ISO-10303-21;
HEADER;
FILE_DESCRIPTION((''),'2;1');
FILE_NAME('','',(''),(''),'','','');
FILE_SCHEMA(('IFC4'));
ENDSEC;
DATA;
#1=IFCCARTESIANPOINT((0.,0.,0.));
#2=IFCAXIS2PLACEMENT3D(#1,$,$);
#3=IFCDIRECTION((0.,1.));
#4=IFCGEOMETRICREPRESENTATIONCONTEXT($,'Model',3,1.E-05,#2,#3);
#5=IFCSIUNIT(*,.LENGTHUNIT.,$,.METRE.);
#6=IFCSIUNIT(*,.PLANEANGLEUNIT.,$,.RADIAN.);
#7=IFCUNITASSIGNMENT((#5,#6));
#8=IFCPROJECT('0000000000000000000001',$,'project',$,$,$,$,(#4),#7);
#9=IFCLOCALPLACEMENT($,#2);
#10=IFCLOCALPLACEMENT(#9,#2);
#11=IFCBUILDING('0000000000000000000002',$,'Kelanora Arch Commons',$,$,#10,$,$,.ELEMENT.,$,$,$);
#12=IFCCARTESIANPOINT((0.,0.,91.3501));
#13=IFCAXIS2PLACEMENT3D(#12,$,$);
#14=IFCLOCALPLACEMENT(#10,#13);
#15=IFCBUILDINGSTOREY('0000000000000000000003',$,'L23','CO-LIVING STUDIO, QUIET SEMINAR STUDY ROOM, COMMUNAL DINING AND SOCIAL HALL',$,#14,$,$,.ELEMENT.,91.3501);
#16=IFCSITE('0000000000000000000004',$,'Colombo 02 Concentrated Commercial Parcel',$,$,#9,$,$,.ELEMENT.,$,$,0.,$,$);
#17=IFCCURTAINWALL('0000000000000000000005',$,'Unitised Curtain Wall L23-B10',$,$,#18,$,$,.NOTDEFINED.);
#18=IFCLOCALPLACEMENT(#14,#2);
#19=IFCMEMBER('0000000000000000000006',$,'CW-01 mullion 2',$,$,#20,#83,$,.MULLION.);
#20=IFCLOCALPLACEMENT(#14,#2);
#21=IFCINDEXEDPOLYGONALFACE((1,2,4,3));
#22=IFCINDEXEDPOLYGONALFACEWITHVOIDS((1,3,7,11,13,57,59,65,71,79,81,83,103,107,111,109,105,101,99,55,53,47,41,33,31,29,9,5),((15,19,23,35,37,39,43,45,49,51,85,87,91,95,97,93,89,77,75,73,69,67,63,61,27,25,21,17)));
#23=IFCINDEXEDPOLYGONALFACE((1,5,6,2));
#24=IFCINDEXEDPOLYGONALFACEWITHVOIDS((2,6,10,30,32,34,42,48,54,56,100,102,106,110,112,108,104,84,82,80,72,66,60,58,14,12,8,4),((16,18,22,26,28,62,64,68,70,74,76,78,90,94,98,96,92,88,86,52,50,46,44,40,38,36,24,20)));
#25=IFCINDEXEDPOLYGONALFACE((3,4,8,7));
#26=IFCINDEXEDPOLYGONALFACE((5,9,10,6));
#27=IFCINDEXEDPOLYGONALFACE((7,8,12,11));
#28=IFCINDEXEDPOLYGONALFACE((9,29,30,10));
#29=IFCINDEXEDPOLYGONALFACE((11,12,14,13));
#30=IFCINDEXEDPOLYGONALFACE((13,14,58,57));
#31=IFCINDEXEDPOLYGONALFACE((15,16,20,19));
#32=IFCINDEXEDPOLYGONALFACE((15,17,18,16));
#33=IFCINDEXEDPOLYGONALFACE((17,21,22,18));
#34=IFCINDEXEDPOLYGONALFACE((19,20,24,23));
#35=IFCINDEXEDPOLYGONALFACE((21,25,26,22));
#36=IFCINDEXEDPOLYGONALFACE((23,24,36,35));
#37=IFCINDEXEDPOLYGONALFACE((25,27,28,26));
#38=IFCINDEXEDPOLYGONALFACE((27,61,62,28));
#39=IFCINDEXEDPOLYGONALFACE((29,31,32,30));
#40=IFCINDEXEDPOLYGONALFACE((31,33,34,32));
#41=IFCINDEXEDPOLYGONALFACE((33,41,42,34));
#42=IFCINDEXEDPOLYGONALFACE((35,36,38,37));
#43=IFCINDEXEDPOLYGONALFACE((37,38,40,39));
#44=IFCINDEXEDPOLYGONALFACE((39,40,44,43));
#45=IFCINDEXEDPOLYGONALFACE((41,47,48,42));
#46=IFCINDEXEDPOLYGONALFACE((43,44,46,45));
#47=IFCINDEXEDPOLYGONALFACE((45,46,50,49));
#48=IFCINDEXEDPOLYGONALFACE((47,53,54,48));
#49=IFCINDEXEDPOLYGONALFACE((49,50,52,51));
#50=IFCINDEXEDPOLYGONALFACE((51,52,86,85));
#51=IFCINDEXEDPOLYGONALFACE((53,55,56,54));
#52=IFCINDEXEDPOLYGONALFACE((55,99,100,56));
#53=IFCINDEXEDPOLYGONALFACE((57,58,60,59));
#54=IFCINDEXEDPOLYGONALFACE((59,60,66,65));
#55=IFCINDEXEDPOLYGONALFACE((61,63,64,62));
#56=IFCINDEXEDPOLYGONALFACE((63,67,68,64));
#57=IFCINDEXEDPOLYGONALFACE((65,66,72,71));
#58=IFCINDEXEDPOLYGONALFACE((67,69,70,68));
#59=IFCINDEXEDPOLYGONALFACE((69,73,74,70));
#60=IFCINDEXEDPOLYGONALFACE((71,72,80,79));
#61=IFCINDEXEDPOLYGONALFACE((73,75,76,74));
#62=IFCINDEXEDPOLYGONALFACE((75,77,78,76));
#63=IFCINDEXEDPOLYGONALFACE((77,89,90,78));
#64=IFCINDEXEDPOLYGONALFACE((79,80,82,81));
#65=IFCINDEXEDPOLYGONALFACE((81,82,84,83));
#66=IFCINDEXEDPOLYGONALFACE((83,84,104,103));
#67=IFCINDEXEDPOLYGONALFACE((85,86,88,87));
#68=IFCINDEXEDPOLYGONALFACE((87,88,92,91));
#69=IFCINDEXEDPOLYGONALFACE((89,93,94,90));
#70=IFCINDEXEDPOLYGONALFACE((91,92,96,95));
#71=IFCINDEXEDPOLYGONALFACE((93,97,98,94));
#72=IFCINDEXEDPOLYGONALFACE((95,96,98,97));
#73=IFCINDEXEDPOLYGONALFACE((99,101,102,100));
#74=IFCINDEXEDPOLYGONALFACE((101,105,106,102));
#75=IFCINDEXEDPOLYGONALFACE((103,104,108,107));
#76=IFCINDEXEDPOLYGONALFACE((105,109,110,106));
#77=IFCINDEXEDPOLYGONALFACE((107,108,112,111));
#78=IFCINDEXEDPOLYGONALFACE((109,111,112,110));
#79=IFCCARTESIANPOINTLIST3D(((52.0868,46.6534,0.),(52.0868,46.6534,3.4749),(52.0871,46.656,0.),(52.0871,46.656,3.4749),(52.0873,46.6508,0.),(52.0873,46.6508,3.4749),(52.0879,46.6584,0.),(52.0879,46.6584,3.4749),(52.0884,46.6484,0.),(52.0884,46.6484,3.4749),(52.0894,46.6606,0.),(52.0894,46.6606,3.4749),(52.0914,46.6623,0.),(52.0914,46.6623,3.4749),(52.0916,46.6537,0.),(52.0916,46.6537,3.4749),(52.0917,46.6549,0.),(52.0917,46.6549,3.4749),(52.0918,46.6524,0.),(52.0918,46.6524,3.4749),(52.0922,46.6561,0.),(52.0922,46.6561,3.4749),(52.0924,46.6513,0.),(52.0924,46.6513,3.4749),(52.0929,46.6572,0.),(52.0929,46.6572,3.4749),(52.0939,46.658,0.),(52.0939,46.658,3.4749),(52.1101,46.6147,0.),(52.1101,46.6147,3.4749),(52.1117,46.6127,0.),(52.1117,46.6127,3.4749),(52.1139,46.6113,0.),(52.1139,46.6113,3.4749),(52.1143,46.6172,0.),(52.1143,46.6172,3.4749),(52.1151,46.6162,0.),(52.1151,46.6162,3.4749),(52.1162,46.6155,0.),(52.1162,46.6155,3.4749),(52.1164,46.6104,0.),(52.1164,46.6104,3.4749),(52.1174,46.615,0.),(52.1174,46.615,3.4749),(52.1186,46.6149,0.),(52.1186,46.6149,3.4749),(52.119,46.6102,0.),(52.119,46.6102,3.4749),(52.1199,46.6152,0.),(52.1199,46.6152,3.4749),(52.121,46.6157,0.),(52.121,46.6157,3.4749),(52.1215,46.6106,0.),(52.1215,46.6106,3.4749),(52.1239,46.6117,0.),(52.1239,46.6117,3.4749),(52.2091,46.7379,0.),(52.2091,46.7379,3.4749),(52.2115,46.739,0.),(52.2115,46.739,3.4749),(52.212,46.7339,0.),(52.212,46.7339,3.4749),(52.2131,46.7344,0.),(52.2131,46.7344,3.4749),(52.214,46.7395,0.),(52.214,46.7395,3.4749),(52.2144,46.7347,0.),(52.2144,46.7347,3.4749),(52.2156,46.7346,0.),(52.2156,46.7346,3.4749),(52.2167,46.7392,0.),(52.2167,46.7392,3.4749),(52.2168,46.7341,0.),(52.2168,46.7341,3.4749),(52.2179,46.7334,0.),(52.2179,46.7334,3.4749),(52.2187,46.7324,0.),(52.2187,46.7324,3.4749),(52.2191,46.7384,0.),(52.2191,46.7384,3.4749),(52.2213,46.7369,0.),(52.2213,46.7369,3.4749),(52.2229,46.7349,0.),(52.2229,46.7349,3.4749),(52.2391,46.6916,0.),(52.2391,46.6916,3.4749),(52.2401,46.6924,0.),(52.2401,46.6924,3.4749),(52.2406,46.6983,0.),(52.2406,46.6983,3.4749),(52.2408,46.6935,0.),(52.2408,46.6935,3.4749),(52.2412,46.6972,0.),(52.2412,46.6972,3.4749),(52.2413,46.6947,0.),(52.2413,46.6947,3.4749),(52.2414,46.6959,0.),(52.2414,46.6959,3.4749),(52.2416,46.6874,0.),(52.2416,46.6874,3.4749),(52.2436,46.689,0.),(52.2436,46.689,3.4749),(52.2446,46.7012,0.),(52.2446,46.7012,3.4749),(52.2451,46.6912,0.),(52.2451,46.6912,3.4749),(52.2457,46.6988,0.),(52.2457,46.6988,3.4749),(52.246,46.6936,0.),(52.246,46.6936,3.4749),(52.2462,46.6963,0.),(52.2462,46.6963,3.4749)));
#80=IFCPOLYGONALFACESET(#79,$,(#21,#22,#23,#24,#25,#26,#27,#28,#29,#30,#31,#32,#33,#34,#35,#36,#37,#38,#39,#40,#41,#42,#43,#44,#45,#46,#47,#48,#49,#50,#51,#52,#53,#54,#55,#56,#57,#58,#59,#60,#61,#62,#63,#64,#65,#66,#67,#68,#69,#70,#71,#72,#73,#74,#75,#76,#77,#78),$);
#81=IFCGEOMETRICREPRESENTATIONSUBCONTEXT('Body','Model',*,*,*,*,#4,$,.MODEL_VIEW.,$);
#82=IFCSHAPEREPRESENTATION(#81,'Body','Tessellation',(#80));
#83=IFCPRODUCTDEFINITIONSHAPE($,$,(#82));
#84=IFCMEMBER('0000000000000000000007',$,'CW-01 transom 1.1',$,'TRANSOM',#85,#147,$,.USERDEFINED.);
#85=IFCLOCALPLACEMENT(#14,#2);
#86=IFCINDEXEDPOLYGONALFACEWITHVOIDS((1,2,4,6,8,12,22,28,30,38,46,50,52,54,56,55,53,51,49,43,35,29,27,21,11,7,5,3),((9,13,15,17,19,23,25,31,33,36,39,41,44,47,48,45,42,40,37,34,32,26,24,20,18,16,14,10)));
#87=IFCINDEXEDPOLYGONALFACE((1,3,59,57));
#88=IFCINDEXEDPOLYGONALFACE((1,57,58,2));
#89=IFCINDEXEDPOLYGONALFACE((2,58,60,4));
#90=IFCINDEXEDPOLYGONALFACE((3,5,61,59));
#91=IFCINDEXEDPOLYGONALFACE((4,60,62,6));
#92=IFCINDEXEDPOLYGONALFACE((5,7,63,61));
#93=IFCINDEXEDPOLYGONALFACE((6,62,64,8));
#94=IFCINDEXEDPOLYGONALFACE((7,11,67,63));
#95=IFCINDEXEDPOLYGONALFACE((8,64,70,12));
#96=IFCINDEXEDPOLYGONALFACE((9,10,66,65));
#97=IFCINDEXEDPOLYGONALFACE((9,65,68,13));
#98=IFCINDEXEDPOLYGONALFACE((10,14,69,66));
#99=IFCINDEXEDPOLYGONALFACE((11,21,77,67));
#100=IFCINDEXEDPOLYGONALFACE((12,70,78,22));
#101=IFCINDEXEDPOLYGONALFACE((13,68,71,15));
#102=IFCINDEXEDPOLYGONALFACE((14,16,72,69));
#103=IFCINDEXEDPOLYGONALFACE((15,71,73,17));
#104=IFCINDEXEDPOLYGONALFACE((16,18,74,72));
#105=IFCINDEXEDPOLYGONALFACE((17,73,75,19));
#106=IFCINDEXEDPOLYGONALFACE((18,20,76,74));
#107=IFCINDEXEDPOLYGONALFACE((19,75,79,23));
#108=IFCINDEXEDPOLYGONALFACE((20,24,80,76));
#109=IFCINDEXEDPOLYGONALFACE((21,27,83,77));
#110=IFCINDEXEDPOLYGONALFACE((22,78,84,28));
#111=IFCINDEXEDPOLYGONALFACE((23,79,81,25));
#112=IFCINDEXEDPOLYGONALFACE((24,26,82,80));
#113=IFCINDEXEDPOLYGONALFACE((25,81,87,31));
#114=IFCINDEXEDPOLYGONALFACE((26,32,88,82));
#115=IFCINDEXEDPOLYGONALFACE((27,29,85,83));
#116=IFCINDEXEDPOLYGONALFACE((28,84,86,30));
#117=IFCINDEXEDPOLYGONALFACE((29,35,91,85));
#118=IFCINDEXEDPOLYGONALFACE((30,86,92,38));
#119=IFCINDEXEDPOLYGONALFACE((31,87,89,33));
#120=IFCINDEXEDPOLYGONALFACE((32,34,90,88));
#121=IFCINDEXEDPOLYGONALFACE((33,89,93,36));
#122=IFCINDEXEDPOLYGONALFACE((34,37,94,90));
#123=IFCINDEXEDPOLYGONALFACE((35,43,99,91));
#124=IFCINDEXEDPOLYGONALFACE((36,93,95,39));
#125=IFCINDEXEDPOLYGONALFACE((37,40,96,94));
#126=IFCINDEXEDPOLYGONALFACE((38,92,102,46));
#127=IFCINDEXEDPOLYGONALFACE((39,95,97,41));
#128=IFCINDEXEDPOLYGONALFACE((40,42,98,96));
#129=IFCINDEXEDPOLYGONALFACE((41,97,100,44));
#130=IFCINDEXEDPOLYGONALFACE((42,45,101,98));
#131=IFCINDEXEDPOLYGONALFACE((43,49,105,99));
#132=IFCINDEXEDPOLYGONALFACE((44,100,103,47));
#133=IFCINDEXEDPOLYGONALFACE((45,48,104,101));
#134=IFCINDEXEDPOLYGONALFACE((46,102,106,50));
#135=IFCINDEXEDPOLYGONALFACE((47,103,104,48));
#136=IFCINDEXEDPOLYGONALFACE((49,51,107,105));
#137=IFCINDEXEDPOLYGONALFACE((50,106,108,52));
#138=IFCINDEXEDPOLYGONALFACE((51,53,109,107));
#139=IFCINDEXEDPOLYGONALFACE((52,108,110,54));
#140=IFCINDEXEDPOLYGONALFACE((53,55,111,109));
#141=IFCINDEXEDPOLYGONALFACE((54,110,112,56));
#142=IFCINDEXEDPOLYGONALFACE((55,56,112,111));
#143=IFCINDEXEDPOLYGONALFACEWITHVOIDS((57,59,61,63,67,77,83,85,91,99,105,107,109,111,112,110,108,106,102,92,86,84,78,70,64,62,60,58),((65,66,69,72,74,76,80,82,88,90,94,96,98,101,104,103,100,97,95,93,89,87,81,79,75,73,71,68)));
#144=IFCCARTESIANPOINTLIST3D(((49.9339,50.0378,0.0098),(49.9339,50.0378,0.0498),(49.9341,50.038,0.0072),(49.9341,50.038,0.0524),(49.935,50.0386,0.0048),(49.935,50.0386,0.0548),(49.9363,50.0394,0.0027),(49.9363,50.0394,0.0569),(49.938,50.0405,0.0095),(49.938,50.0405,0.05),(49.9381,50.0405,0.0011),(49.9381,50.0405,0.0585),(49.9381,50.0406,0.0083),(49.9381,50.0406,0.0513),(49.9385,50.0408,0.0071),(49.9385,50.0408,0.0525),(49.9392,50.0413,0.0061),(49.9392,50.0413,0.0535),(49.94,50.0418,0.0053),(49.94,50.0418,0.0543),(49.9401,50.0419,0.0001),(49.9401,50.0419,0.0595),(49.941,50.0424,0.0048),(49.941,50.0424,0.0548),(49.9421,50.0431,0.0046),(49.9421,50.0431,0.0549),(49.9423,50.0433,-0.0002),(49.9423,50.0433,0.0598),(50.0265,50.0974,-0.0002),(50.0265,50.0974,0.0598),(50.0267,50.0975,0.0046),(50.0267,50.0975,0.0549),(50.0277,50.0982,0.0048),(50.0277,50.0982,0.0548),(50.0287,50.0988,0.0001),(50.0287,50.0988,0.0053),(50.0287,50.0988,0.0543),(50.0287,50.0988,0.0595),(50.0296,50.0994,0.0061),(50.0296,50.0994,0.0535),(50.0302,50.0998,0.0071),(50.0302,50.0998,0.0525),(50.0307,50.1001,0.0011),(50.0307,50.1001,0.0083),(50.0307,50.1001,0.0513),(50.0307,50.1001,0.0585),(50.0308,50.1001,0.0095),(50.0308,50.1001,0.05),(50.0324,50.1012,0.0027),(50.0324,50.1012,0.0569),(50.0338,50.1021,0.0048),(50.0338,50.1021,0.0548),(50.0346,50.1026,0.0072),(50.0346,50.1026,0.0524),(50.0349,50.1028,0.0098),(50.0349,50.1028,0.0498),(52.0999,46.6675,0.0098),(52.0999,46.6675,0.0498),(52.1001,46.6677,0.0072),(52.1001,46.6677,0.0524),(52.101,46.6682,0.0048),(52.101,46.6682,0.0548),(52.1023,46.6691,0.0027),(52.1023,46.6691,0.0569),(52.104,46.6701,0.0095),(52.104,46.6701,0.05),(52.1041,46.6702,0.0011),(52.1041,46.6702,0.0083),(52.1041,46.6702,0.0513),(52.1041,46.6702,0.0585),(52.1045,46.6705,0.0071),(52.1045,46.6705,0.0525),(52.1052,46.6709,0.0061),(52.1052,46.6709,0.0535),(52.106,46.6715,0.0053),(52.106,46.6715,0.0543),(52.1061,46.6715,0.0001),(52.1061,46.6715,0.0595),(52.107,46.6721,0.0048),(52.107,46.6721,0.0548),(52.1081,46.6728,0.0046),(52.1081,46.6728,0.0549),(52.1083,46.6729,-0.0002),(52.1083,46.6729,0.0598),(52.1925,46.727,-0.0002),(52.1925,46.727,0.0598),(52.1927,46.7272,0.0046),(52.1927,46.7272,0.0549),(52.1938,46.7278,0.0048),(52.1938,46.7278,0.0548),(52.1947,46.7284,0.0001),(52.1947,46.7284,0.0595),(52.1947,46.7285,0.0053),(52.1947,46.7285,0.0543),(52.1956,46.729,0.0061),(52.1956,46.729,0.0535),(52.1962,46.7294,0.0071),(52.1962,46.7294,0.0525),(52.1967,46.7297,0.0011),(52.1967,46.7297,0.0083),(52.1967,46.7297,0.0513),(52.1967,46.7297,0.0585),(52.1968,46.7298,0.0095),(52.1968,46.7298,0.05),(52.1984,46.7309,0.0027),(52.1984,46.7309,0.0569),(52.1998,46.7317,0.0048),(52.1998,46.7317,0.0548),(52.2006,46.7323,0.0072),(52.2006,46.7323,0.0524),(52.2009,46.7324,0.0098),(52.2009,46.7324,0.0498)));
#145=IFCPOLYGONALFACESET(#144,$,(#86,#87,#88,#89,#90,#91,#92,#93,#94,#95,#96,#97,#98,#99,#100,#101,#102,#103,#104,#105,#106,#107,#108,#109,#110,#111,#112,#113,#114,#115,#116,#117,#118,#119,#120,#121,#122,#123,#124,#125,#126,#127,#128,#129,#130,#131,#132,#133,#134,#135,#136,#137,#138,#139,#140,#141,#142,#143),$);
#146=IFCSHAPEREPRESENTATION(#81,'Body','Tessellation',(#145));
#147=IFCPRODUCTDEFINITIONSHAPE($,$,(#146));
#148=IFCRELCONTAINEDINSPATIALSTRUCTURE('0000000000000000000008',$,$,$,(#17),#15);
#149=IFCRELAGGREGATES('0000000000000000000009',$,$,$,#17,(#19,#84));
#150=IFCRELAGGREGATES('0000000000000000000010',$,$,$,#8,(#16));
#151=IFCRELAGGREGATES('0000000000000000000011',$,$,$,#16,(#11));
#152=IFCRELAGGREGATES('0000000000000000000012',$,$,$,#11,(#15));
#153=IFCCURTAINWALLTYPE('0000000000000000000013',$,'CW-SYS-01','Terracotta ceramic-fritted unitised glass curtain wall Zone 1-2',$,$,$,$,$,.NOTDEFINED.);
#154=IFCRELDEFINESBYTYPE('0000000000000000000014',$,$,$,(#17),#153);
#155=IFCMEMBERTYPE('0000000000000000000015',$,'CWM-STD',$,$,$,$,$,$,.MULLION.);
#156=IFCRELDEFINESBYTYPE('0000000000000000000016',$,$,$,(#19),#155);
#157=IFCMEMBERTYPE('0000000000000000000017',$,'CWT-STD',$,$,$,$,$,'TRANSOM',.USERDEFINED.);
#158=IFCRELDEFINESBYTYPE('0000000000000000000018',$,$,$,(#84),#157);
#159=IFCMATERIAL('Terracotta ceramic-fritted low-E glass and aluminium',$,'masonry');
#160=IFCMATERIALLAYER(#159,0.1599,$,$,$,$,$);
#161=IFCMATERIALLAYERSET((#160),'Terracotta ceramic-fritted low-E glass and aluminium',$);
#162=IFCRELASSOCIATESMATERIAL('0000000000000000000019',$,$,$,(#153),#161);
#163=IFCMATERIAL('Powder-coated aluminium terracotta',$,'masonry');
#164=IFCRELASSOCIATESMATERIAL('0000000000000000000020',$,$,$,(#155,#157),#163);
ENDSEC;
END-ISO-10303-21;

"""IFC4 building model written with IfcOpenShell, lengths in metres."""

from ifc_helpers import new_model, si_unit, direction, frame, origin, origin_2d, place, context, subcontext, project, spatial, hollow_rectangle, extrude, material, layer, layer_set, material_profile, profile_set, type_object, element, aggregate, save


model = new_model("IFC4")

# Units and contexts
model_context = context("Model", 3, precision=1e-05, world=origin(), true_north=direction((0.0, 1.0)))
body_context = subcontext(model_context, "Body", "Model", "MODEL_VIEW")
ifc_project = project(units=[si_unit("LENGTHUNIT", "METRE"), si_unit("PLANEANGLEUNIT", "RADIAN")], contexts=[model_context])

# Site, building, storey
site_placement = place(None, origin())
site = spatial("IfcSite", under=ifc_project, at=site_placement, Name="Colombo 02 Concentrated Commercial Parcel", CompositionType="ELEMENT", RefElevation=0.0)
building_placement = place(site_placement, origin())
building = spatial("IfcBuilding", under=site, at=building_placement, Name="Kelanora Arch Commons", CompositionType="ELEMENT")
storey_placement = place(building_placement, frame((0.0, 0.0, 91.3501)))
storey = spatial("IfcBuildingStorey", under=building, at=storey_placement, Name="L23", Description="CO-LIVING STUDIO, QUIET SEMINAR STUDY ROOM, COMMUNAL DINING AND SOCIAL HALL", CompositionType="ELEMENT", Elevation=91.3501)

# Shared definitions
ifc_material_1 = material(Name="Terracotta ceramic-fritted low-E glass and aluminium", Category="masonry")
ifc_layer_1 = layer(ifc_material_1, 0.1599)
ifc_layer_set_1 = layer_set([ifc_layer_1], Name="Terracotta ceramic-fritted low-E glass and aluminium")
curtain_wall_type = type_object("IfcCurtainWallType", Name="CW-SYS-01", Description="Terracotta ceramic-fritted unitised glass curtain wall Zone 1-2", PredefinedType="NOTDEFINED", material=ifc_layer_set_1)
ifc_material_2 = material(Name="Powder-coated aluminium terracotta", Category="masonry")
ifc_material_profile_1 = material_profile(ifc_material_2, hollow_rectangle(XDim=0.1599, YDim=0.0601, WallThickness=0.0049, InnerFilletRadius=0.0049, OuterFilletRadius=0.01, at=origin_2d()), Name="CWM160x60")
ifc_profile_set_1 = profile_set([ifc_material_profile_1], Name="Powder-coated aluminium terracotta")
member_type_1 = type_object("IfcMemberType", Name="CWM-STD", PredefinedType="MULLION", material=ifc_profile_set_1)

# Curtain wall, members
curtain_wall_1_placement = place(storey_placement, origin())
curtain_wall_1 = element("IfcCurtainWall", 1, at=curtain_wall_1_placement, inside=storey, type_object=curtain_wall_type, Name="Unitised Curtain Wall L23-B10", PredefinedType="NOTDEFINED")
member_1_placement = place(storey_placement, frame((52.1665, 46.6748, 0.0), z_axis=(0.0, 0.0, 1.0), x_axis=(0.841269, 0.540617, 0.0)))
member_1 = element("IfcMember", 2, at=member_1_placement, type_object=member_type_1, Name="CW-01 mullion 2", PredefinedType="MULLION", context=body_context, shape_type="SweptSolid", body=[
    extrude(hollow_rectangle(XDim=0.1599, YDim=0.0601, WallThickness=0.0049, InnerFilletRadius=0.0049, OuterFilletRadius=0.01, at=origin_2d()), origin(), (0.0, 0.0, 1.0), 3.4749),
])
ifc_material_profile_2 = material_profile(ifc_material_2, hollow_rectangle(XDim=0.1201, YDim=0.0601, WallThickness=0.0049, InnerFilletRadius=0.0049, OuterFilletRadius=0.01, at=origin_2d()), Name="CWT120x60")
ifc_profile_set_2 = profile_set([ifc_material_profile_2], Name="Powder-coated aluminium terracotta")
member_type_2 = type_object("IfcMemberType", Name="CWT-STD", ElementType="TRANSOM", PredefinedType="USERDEFINED", material=ifc_profile_set_2)
member_2_placement = place(storey_placement, frame((49.9844, 50.0703, 0.0298), z_axis=(0.540644, -0.841252, 0.0), x_axis=(0.841252, 0.540644, 0.0)))
member_2 = element("IfcMember", 3, at=member_2_placement, type_object=member_type_2, Name="CW-01 transom 1.1", ObjectType="TRANSOM", PredefinedType="USERDEFINED", context=body_context, shape_type="SweptSolid", body=[
    extrude(hollow_rectangle(XDim=0.1201, YDim=0.0601, WallThickness=0.0049, InnerFilletRadius=0.0049, OuterFilletRadius=0.01, at=origin_2d()), origin(), (0.0, 0.0, 1.0), 4.0063),
])

aggregate(curtain_wall_1, [member_1, member_2])

save(model, "model.ifc")
